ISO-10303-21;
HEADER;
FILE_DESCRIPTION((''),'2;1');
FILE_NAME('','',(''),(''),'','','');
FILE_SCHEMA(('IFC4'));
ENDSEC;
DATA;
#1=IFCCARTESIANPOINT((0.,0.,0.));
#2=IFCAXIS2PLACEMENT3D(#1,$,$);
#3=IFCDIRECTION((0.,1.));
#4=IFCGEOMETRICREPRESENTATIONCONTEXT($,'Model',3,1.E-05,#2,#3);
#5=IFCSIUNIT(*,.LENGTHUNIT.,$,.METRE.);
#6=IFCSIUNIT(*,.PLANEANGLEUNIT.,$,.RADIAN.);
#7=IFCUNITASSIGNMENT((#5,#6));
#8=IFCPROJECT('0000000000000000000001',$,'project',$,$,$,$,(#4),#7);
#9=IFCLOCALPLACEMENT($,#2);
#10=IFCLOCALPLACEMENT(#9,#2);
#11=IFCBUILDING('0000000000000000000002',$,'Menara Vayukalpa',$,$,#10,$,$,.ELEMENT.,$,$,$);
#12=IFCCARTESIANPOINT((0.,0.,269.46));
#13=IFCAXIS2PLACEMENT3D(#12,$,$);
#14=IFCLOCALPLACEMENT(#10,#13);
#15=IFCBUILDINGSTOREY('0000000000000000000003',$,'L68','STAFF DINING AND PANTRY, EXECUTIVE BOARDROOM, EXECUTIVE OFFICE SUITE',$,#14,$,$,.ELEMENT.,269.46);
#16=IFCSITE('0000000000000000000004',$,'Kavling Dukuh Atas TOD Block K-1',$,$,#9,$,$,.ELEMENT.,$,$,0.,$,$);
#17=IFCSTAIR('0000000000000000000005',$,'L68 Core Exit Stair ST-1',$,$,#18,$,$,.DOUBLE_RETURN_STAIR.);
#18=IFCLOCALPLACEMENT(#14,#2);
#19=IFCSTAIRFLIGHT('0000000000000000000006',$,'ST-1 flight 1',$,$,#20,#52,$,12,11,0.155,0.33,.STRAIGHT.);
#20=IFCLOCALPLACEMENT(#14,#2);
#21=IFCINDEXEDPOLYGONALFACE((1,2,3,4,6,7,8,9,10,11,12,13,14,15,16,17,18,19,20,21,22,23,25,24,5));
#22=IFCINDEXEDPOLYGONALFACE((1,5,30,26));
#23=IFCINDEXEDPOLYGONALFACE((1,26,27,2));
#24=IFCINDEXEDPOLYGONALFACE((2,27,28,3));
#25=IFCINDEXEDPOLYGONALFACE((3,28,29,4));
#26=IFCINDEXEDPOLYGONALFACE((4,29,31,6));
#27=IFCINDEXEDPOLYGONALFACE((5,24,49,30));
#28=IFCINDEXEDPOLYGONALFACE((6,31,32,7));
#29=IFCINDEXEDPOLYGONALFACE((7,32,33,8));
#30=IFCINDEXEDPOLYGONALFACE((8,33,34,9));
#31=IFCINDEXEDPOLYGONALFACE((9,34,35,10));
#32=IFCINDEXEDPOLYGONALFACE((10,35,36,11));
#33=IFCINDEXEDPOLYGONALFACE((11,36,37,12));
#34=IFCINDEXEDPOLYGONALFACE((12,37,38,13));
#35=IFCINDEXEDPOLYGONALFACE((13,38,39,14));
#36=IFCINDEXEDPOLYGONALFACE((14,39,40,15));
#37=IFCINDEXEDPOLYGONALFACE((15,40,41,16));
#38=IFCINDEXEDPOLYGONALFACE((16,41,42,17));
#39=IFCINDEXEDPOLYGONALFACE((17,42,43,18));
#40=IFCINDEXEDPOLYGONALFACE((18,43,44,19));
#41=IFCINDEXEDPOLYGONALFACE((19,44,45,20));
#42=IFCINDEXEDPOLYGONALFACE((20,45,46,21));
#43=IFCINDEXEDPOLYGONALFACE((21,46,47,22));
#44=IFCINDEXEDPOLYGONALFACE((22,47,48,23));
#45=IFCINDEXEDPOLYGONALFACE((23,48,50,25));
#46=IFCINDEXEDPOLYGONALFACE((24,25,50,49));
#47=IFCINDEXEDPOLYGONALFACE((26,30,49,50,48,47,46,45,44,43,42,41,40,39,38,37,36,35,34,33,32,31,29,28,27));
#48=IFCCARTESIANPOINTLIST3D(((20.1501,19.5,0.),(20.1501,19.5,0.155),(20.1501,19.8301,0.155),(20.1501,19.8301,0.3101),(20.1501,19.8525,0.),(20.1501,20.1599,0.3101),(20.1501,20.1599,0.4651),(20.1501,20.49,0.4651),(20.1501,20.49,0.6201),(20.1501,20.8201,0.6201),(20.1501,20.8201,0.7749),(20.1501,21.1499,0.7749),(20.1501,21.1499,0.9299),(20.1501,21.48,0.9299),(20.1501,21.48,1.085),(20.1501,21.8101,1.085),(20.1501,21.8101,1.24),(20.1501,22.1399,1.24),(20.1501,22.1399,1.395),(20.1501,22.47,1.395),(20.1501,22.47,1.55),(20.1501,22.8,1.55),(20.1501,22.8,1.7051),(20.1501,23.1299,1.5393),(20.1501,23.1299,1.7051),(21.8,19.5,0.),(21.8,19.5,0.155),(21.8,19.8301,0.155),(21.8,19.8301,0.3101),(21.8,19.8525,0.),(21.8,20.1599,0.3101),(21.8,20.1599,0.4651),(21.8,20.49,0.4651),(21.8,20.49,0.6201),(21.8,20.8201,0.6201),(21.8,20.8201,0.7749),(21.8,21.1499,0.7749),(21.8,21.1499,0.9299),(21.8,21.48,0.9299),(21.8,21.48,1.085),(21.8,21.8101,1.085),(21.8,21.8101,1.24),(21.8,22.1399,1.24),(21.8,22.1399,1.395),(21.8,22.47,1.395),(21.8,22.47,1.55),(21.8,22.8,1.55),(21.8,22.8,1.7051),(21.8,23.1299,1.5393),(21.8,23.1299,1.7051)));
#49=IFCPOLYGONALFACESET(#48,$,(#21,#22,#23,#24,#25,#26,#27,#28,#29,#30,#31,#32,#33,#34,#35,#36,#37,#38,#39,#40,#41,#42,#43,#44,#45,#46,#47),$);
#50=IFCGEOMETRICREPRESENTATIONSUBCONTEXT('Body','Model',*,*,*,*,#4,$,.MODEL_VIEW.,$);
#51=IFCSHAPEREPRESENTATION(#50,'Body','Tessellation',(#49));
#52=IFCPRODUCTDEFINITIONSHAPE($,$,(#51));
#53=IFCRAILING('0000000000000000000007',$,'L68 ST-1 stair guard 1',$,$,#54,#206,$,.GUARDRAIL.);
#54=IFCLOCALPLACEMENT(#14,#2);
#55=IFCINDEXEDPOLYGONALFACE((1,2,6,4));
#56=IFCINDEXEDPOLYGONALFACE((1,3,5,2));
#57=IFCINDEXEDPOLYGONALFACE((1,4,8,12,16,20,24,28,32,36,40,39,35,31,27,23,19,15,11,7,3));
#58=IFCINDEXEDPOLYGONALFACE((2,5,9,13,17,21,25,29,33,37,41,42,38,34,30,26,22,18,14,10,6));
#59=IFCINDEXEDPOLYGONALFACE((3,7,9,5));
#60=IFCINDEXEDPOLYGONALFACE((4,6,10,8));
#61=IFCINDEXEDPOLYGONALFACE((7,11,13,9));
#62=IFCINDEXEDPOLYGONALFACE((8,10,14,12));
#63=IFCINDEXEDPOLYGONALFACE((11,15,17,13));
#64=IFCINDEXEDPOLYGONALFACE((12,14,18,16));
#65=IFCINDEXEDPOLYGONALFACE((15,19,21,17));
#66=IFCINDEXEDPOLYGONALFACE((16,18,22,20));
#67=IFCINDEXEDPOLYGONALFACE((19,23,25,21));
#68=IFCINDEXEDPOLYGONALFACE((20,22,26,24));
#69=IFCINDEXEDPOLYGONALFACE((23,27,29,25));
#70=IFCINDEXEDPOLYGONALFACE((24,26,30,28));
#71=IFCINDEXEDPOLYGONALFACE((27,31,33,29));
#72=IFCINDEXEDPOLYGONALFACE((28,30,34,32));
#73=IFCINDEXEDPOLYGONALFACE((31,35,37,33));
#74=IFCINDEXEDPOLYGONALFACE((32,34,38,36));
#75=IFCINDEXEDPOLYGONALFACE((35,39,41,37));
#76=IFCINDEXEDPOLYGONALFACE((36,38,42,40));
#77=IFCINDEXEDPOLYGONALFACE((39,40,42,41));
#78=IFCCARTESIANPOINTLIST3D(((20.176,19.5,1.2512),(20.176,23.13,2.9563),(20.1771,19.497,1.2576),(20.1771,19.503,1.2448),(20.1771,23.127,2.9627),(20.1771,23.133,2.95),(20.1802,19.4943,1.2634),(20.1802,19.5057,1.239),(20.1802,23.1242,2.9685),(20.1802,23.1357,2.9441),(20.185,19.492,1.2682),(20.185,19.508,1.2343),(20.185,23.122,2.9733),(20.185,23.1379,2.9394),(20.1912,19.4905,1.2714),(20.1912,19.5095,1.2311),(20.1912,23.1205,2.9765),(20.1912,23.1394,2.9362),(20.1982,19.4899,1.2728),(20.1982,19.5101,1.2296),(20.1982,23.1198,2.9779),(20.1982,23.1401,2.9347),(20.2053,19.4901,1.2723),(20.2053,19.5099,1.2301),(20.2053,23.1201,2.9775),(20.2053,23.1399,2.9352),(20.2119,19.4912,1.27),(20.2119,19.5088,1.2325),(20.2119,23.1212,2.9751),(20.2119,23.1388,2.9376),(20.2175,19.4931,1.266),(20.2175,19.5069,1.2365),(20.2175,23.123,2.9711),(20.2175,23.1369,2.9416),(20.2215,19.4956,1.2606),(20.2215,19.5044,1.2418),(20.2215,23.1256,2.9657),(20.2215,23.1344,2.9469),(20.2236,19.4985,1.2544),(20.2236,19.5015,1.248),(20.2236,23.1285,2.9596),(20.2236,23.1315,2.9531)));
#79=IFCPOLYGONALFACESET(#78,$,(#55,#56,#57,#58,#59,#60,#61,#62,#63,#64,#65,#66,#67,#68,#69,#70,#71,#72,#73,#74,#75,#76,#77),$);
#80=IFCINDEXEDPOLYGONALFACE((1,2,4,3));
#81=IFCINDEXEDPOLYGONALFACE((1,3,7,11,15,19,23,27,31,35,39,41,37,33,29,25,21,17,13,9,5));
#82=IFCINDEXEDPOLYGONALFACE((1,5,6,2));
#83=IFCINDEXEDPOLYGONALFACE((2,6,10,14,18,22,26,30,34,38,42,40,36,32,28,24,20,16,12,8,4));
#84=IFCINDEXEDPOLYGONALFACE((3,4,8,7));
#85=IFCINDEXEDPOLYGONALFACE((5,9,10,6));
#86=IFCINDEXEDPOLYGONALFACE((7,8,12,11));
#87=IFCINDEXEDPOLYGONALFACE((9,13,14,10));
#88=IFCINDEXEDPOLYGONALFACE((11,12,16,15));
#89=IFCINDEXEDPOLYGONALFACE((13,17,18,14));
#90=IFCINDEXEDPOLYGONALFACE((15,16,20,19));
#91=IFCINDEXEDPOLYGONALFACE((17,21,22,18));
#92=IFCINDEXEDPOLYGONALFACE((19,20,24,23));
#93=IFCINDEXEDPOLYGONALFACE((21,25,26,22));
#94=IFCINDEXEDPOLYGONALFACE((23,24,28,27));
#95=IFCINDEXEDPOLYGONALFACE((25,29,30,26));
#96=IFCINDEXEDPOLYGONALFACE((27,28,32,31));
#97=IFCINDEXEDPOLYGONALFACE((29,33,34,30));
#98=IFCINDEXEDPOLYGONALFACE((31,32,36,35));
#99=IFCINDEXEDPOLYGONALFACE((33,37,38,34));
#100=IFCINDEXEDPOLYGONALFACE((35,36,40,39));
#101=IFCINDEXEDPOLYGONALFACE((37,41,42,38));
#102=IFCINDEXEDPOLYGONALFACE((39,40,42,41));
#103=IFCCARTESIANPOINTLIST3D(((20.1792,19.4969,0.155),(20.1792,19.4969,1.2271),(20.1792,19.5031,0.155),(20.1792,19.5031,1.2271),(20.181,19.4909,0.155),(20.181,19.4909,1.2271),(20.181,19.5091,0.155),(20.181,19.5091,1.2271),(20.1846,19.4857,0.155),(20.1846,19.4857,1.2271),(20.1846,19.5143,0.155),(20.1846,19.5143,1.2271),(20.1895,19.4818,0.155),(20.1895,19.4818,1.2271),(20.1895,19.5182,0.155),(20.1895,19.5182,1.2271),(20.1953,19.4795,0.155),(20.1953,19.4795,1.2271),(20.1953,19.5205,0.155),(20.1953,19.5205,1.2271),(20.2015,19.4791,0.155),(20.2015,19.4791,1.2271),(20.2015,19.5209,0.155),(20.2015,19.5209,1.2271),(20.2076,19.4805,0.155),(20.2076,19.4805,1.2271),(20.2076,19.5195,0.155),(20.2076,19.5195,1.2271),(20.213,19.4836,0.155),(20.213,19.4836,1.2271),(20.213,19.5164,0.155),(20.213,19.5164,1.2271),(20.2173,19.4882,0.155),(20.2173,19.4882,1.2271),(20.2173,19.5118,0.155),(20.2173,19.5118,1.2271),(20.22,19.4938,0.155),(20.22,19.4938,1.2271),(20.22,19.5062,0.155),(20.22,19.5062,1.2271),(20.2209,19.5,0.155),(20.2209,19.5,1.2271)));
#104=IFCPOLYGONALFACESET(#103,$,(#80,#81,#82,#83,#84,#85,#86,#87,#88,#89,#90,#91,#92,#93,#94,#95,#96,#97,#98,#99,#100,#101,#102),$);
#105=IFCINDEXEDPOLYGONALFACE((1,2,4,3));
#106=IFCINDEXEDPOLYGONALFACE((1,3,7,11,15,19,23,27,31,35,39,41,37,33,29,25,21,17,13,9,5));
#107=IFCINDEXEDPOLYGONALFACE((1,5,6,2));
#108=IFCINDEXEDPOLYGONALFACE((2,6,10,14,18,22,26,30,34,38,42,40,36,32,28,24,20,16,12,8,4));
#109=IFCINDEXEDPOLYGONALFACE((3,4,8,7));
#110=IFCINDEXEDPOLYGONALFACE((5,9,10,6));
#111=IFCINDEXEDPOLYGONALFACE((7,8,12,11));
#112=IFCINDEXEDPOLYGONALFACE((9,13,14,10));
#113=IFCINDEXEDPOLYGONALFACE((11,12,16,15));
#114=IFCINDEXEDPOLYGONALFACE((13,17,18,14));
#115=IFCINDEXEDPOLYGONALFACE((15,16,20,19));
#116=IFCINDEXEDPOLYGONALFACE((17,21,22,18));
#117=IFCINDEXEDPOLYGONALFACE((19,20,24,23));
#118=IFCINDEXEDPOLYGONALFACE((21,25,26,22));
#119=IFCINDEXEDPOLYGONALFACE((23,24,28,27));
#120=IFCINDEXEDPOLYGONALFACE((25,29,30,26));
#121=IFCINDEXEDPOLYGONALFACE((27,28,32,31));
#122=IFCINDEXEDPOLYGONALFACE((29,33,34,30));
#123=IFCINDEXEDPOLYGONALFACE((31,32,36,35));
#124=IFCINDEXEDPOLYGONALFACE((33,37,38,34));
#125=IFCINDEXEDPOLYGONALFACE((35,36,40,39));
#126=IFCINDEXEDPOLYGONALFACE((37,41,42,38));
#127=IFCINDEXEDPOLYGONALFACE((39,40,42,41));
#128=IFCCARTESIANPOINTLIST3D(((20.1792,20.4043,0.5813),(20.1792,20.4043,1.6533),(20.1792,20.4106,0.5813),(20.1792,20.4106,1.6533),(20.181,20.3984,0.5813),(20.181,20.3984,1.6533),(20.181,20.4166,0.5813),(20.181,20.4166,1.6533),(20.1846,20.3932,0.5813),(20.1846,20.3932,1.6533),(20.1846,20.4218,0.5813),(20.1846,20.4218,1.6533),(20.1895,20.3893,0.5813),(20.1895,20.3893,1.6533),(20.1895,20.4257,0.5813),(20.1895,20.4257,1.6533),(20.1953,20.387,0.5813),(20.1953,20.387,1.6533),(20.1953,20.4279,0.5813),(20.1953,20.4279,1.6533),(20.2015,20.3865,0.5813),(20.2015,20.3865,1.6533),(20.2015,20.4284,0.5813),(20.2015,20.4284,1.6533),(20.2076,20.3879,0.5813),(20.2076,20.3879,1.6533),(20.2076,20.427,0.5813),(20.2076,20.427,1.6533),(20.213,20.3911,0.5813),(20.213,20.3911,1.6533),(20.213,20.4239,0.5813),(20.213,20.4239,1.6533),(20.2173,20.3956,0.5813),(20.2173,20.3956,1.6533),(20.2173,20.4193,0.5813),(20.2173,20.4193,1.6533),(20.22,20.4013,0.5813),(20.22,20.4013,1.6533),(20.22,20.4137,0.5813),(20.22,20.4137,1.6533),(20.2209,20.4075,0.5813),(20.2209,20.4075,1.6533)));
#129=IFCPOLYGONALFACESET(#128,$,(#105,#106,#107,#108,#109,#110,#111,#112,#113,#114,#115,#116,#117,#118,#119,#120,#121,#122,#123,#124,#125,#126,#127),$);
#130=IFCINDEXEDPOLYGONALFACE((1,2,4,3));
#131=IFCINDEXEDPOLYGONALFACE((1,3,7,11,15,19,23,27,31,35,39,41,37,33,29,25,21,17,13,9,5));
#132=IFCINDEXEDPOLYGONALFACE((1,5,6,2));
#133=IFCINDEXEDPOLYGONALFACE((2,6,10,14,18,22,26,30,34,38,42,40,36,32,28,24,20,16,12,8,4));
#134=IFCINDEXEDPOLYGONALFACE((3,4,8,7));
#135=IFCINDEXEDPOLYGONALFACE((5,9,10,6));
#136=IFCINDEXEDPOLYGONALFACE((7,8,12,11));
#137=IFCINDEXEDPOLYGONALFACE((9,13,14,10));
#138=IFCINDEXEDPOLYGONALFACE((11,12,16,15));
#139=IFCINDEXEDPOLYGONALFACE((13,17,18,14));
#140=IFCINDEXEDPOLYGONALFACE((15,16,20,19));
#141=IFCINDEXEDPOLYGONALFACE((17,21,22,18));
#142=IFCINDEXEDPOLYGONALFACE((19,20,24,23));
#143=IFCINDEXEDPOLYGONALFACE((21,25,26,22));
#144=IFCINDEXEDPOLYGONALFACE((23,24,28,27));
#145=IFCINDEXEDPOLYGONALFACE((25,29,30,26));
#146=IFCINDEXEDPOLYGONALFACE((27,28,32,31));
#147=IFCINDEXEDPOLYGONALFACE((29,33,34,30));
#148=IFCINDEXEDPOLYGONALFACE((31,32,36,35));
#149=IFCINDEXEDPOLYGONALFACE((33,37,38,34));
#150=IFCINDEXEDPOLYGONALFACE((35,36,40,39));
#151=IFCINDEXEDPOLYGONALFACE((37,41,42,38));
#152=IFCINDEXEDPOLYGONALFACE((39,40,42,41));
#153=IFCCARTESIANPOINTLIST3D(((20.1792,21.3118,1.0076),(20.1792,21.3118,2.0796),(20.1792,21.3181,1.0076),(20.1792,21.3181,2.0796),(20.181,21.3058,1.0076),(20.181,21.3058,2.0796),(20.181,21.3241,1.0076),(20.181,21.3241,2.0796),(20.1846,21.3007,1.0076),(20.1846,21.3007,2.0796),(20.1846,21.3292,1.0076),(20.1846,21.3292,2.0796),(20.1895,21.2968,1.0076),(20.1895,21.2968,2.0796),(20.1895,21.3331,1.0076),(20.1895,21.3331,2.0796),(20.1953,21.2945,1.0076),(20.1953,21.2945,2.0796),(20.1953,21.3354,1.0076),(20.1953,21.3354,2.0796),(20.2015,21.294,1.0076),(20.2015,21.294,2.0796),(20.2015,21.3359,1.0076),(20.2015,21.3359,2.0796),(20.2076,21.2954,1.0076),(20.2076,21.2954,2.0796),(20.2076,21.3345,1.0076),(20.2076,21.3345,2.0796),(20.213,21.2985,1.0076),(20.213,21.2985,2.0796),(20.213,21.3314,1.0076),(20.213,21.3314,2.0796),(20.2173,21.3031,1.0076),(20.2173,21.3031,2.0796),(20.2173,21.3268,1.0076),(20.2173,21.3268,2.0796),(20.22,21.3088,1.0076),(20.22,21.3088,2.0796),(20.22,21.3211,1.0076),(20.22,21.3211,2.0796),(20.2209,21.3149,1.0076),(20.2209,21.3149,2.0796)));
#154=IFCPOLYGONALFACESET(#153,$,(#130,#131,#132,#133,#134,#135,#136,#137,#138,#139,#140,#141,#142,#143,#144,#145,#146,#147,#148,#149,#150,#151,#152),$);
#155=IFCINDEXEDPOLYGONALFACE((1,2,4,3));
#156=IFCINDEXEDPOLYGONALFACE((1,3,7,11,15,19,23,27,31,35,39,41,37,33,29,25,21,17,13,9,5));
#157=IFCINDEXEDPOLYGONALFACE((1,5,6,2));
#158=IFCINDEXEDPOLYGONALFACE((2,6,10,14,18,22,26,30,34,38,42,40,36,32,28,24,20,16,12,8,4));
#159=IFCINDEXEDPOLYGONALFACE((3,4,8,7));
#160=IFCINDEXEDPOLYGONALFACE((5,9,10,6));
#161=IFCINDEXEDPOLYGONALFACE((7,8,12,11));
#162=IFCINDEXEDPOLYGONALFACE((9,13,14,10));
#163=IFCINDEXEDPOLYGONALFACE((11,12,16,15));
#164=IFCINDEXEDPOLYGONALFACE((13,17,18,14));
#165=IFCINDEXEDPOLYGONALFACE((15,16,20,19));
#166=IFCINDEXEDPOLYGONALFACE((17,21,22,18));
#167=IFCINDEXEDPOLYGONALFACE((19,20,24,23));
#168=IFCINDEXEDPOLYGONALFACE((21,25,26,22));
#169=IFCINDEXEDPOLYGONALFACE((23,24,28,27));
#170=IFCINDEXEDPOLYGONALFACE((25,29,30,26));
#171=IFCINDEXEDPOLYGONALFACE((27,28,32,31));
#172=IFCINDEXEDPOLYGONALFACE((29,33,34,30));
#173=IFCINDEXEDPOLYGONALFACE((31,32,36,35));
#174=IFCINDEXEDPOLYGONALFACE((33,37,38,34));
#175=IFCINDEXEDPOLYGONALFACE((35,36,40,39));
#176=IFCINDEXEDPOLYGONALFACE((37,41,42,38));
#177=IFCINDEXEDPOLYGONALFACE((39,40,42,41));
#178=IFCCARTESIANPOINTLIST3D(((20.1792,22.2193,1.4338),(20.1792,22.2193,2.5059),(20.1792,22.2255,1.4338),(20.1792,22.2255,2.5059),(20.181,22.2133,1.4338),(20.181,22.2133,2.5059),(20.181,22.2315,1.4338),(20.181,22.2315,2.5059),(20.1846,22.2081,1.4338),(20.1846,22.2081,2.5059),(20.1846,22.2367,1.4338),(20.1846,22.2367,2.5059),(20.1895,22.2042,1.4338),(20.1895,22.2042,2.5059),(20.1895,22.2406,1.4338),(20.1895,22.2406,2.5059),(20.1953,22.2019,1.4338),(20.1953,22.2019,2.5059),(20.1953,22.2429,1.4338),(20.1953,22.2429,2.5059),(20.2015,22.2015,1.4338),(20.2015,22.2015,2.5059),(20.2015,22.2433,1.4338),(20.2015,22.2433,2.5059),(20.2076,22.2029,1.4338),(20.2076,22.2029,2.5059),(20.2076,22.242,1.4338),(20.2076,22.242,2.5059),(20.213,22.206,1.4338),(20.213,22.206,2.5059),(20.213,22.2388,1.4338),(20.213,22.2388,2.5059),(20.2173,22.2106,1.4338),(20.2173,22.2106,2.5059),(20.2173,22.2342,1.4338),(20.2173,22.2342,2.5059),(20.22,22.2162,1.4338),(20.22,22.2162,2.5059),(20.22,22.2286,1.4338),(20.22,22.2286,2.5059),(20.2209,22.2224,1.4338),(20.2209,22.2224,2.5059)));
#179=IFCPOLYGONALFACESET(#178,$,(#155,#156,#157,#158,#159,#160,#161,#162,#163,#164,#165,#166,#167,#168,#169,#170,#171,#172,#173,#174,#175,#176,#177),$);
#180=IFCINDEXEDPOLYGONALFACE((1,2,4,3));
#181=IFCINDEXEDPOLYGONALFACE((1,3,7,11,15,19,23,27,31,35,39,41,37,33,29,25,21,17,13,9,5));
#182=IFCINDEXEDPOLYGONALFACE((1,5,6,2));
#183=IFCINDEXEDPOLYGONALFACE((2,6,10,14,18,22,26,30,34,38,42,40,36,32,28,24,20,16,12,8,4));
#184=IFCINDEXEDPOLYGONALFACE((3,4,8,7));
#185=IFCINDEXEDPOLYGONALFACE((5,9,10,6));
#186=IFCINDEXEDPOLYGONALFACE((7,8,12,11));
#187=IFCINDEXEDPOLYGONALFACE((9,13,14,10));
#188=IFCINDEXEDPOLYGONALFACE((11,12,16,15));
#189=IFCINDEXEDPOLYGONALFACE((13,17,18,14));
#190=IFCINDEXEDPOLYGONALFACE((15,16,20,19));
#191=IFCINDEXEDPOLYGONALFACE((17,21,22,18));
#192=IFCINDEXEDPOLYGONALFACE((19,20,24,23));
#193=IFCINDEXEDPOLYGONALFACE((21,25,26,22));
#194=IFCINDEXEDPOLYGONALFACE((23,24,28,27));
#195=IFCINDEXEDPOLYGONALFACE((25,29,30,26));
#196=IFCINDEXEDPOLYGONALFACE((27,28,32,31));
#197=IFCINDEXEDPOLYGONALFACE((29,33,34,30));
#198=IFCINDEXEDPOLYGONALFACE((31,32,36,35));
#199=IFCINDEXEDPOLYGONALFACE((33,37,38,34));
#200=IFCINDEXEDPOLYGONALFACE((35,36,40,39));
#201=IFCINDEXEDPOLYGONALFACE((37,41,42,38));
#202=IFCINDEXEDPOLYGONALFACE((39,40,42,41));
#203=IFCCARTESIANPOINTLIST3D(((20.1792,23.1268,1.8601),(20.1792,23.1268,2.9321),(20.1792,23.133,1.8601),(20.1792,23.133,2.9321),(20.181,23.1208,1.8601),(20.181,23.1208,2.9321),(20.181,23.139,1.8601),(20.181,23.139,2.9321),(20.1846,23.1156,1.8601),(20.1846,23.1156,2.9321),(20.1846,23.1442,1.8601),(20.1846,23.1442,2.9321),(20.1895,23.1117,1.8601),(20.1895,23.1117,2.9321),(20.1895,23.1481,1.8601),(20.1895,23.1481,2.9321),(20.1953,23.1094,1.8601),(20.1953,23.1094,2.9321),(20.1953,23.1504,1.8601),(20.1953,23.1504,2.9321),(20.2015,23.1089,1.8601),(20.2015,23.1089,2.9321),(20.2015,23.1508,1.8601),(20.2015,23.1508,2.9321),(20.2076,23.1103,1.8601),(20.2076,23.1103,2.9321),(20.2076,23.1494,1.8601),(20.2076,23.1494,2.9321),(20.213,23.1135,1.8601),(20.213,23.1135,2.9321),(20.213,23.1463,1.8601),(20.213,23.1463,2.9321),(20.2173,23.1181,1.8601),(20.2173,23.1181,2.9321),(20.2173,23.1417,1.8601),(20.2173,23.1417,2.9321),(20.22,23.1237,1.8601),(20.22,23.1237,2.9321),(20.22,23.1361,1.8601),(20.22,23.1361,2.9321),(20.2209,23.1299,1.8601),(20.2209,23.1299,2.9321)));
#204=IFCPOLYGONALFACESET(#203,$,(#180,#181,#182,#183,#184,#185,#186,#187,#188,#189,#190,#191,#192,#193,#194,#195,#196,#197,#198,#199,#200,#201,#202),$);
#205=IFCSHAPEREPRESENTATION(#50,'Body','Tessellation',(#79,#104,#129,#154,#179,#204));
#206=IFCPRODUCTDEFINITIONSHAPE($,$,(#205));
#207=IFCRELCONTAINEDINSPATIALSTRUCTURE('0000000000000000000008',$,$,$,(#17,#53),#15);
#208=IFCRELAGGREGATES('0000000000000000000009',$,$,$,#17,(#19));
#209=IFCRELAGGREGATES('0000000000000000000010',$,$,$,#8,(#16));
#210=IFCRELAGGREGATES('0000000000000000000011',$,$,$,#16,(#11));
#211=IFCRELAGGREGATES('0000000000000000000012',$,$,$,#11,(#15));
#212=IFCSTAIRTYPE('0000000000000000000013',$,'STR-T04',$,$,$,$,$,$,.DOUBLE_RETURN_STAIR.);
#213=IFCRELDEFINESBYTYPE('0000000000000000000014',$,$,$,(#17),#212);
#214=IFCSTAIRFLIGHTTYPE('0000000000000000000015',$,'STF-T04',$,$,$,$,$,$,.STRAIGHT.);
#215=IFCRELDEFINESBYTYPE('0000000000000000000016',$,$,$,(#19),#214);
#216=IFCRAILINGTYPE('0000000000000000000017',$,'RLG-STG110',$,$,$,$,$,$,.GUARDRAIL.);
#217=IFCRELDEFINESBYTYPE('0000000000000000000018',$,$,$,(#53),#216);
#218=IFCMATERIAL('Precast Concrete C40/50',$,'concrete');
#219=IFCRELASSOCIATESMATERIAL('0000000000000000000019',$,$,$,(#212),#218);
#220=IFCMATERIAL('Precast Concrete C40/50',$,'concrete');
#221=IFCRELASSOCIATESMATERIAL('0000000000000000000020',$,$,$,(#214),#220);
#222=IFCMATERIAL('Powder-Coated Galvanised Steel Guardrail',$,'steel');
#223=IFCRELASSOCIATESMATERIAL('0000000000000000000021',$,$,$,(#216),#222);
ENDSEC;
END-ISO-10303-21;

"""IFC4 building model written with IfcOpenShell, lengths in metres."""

from ifc_helpers import new_model, si_unit, direction, frame, origin, origin_2d, place, context, subcontext, project, spatial, polyline, circle, outline, extrude, material, type_object, element, aggregate, save


model = new_model("IFC4")

# Units and contexts
model_context = context("Model", 3, precision=1e-05, world=origin(), true_north=direction((0.0, 1.0)))
body_context = subcontext(model_context, "Body", "Model", "MODEL_VIEW")
ifc_project = project(units=[si_unit("LENGTHUNIT", "METRE"), si_unit("PLANEANGLEUNIT", "RADIAN")], contexts=[model_context])

# Site, building, storey
site_placement = place(None, origin())
site = spatial("IfcSite", under=ifc_project, at=site_placement, Name="Kavling Dukuh Atas TOD Block K-1", CompositionType="ELEMENT", RefElevation=0.0)
building_placement = place(site_placement, origin())
building = spatial("IfcBuilding", under=site, at=building_placement, Name="Menara Vayukalpa", CompositionType="ELEMENT")
storey_placement = place(building_placement, frame((0.0, 0.0, 269.46)))
storey = spatial("IfcBuildingStorey", under=building, at=storey_placement, Name="L68", Description="STAFF DINING AND PANTRY, EXECUTIVE BOARDROOM, EXECUTIVE OFFICE SUITE", CompositionType="ELEMENT", Elevation=269.46)

# Stair, stair flight
ifc_material_1 = material(Name="Precast Concrete C40/50", Category="concrete")
stair_type = type_object("IfcStairType", Name="STR-T04", PredefinedType="DOUBLE_RETURN_STAIR", material=ifc_material_1)
stair_placement = place(storey_placement, origin())
stair = element("IfcStair", 1, at=stair_placement, inside=storey, type_object=stair_type, Name="L68 Core Exit Stair ST-1", PredefinedType="DOUBLE_RETURN_STAIR")
ifc_material_2 = material(Name="Precast Concrete C40/50", Category="concrete")
stair_flight_type = type_object("IfcStairFlightType", Name="STF-T04", PredefinedType="STRAIGHT", material=ifc_material_2)
stair_flight_placement = place(storey_placement, frame((20.9751, 19.5, 0.0), z_axis=(0.0, 0.0, 1.0), x_axis=(0.0, 1.0, 0.0)))
stair_flight = element("IfcStairFlight", 2, at=stair_flight_placement, type_object=stair_flight_type, Name="ST-1 flight 1", NumberOfRisers=12, NumberOfTreads=11, PredefinedType="STRAIGHT", RiserHeight=0.155, TreadLength=0.33, context=body_context, shape_type="SweptSolid", body=[
    extrude(outline(polyline([(0.0, 0.0), (0.0, 0.155), (0.3301, 0.155), (0.3301, 0.3101), (0.6599, 0.3101), (0.6599, 0.4651), (0.99, 0.4651), (0.99, 0.6201), (1.3201, 0.6201), (1.3201, 0.7749), (1.6499, 0.7749), (1.6499, 0.9299), (1.98, 0.9299), (1.98, 1.085), (2.3101, 1.085), (2.3101, 1.24), (2.6399, 1.24), (2.6399, 1.395), (2.97, 1.395), (2.97, 1.55), (3.3, 1.55), (3.3, 1.7051), (3.6299, 1.7051), (3.6299, 1.8601), (3.6299, 1.5393), (0.3525, 0.0), (0.0, 0.0)])), frame((0.0, 0.825, 0.0), z_axis=(0.0, -1.0, 0.0), x_axis=(1.0, 0.0, 0.0)), (0.0, 0.0, 1.0), 1.6499),
])
aggregate(stair, [stair_flight])

# Railing
ifc_material_3 = material(Name="Powder-Coated Galvanised Steel Guardrail", Category="steel")
railing_type_1 = type_object("IfcRailingType", Name="RLG-STG110", PredefinedType="GUARDRAIL", material=ifc_material_3)
railing_1_placement = place(storey_placement, frame((20.2, 19.5, 0.155)))
element("IfcRailing", 3, at=railing_1_placement, inside=storey, type_object=railing_type_1, Name="L68 ST-1 stair guard 1", PredefinedType="GUARDRAIL", context=body_context, shape_type="SweptSolid", body=[
    extrude(circle(Radius=0.0239, at=origin_2d()), frame((0.0, 0.0, 1.0962), z_axis=(0.0, 0.905116, 0.425164), x_axis=(-1.0, 0.0, 0.0)), (0.0, 0.0, 1.0), 4.0105),
    extrude(circle(Radius=0.021, at=origin_2d()), origin(), (0.0, 0.0, 1.0), 1.072),
    extrude(circle(Radius=0.021, at=origin_2d()), frame((0.0, 0.9075, 0.4263)), (0.0, 0.0, 1.0), 1.072),
    extrude(circle(Radius=0.021, at=origin_2d()), frame((0.0, 1.8149, 0.8525)), (0.0, 0.0, 1.0), 1.072),
    extrude(circle(Radius=0.021, at=origin_2d()), frame((0.0, 2.7224, 1.2788)), (0.0, 0.0, 1.0), 1.072),
    extrude(circle(Radius=0.021, at=origin_2d()), frame((0.0, 3.6299, 1.7051)), (0.0, 0.0, 1.0), 1.072),
])

save(model, "model.ifc")
